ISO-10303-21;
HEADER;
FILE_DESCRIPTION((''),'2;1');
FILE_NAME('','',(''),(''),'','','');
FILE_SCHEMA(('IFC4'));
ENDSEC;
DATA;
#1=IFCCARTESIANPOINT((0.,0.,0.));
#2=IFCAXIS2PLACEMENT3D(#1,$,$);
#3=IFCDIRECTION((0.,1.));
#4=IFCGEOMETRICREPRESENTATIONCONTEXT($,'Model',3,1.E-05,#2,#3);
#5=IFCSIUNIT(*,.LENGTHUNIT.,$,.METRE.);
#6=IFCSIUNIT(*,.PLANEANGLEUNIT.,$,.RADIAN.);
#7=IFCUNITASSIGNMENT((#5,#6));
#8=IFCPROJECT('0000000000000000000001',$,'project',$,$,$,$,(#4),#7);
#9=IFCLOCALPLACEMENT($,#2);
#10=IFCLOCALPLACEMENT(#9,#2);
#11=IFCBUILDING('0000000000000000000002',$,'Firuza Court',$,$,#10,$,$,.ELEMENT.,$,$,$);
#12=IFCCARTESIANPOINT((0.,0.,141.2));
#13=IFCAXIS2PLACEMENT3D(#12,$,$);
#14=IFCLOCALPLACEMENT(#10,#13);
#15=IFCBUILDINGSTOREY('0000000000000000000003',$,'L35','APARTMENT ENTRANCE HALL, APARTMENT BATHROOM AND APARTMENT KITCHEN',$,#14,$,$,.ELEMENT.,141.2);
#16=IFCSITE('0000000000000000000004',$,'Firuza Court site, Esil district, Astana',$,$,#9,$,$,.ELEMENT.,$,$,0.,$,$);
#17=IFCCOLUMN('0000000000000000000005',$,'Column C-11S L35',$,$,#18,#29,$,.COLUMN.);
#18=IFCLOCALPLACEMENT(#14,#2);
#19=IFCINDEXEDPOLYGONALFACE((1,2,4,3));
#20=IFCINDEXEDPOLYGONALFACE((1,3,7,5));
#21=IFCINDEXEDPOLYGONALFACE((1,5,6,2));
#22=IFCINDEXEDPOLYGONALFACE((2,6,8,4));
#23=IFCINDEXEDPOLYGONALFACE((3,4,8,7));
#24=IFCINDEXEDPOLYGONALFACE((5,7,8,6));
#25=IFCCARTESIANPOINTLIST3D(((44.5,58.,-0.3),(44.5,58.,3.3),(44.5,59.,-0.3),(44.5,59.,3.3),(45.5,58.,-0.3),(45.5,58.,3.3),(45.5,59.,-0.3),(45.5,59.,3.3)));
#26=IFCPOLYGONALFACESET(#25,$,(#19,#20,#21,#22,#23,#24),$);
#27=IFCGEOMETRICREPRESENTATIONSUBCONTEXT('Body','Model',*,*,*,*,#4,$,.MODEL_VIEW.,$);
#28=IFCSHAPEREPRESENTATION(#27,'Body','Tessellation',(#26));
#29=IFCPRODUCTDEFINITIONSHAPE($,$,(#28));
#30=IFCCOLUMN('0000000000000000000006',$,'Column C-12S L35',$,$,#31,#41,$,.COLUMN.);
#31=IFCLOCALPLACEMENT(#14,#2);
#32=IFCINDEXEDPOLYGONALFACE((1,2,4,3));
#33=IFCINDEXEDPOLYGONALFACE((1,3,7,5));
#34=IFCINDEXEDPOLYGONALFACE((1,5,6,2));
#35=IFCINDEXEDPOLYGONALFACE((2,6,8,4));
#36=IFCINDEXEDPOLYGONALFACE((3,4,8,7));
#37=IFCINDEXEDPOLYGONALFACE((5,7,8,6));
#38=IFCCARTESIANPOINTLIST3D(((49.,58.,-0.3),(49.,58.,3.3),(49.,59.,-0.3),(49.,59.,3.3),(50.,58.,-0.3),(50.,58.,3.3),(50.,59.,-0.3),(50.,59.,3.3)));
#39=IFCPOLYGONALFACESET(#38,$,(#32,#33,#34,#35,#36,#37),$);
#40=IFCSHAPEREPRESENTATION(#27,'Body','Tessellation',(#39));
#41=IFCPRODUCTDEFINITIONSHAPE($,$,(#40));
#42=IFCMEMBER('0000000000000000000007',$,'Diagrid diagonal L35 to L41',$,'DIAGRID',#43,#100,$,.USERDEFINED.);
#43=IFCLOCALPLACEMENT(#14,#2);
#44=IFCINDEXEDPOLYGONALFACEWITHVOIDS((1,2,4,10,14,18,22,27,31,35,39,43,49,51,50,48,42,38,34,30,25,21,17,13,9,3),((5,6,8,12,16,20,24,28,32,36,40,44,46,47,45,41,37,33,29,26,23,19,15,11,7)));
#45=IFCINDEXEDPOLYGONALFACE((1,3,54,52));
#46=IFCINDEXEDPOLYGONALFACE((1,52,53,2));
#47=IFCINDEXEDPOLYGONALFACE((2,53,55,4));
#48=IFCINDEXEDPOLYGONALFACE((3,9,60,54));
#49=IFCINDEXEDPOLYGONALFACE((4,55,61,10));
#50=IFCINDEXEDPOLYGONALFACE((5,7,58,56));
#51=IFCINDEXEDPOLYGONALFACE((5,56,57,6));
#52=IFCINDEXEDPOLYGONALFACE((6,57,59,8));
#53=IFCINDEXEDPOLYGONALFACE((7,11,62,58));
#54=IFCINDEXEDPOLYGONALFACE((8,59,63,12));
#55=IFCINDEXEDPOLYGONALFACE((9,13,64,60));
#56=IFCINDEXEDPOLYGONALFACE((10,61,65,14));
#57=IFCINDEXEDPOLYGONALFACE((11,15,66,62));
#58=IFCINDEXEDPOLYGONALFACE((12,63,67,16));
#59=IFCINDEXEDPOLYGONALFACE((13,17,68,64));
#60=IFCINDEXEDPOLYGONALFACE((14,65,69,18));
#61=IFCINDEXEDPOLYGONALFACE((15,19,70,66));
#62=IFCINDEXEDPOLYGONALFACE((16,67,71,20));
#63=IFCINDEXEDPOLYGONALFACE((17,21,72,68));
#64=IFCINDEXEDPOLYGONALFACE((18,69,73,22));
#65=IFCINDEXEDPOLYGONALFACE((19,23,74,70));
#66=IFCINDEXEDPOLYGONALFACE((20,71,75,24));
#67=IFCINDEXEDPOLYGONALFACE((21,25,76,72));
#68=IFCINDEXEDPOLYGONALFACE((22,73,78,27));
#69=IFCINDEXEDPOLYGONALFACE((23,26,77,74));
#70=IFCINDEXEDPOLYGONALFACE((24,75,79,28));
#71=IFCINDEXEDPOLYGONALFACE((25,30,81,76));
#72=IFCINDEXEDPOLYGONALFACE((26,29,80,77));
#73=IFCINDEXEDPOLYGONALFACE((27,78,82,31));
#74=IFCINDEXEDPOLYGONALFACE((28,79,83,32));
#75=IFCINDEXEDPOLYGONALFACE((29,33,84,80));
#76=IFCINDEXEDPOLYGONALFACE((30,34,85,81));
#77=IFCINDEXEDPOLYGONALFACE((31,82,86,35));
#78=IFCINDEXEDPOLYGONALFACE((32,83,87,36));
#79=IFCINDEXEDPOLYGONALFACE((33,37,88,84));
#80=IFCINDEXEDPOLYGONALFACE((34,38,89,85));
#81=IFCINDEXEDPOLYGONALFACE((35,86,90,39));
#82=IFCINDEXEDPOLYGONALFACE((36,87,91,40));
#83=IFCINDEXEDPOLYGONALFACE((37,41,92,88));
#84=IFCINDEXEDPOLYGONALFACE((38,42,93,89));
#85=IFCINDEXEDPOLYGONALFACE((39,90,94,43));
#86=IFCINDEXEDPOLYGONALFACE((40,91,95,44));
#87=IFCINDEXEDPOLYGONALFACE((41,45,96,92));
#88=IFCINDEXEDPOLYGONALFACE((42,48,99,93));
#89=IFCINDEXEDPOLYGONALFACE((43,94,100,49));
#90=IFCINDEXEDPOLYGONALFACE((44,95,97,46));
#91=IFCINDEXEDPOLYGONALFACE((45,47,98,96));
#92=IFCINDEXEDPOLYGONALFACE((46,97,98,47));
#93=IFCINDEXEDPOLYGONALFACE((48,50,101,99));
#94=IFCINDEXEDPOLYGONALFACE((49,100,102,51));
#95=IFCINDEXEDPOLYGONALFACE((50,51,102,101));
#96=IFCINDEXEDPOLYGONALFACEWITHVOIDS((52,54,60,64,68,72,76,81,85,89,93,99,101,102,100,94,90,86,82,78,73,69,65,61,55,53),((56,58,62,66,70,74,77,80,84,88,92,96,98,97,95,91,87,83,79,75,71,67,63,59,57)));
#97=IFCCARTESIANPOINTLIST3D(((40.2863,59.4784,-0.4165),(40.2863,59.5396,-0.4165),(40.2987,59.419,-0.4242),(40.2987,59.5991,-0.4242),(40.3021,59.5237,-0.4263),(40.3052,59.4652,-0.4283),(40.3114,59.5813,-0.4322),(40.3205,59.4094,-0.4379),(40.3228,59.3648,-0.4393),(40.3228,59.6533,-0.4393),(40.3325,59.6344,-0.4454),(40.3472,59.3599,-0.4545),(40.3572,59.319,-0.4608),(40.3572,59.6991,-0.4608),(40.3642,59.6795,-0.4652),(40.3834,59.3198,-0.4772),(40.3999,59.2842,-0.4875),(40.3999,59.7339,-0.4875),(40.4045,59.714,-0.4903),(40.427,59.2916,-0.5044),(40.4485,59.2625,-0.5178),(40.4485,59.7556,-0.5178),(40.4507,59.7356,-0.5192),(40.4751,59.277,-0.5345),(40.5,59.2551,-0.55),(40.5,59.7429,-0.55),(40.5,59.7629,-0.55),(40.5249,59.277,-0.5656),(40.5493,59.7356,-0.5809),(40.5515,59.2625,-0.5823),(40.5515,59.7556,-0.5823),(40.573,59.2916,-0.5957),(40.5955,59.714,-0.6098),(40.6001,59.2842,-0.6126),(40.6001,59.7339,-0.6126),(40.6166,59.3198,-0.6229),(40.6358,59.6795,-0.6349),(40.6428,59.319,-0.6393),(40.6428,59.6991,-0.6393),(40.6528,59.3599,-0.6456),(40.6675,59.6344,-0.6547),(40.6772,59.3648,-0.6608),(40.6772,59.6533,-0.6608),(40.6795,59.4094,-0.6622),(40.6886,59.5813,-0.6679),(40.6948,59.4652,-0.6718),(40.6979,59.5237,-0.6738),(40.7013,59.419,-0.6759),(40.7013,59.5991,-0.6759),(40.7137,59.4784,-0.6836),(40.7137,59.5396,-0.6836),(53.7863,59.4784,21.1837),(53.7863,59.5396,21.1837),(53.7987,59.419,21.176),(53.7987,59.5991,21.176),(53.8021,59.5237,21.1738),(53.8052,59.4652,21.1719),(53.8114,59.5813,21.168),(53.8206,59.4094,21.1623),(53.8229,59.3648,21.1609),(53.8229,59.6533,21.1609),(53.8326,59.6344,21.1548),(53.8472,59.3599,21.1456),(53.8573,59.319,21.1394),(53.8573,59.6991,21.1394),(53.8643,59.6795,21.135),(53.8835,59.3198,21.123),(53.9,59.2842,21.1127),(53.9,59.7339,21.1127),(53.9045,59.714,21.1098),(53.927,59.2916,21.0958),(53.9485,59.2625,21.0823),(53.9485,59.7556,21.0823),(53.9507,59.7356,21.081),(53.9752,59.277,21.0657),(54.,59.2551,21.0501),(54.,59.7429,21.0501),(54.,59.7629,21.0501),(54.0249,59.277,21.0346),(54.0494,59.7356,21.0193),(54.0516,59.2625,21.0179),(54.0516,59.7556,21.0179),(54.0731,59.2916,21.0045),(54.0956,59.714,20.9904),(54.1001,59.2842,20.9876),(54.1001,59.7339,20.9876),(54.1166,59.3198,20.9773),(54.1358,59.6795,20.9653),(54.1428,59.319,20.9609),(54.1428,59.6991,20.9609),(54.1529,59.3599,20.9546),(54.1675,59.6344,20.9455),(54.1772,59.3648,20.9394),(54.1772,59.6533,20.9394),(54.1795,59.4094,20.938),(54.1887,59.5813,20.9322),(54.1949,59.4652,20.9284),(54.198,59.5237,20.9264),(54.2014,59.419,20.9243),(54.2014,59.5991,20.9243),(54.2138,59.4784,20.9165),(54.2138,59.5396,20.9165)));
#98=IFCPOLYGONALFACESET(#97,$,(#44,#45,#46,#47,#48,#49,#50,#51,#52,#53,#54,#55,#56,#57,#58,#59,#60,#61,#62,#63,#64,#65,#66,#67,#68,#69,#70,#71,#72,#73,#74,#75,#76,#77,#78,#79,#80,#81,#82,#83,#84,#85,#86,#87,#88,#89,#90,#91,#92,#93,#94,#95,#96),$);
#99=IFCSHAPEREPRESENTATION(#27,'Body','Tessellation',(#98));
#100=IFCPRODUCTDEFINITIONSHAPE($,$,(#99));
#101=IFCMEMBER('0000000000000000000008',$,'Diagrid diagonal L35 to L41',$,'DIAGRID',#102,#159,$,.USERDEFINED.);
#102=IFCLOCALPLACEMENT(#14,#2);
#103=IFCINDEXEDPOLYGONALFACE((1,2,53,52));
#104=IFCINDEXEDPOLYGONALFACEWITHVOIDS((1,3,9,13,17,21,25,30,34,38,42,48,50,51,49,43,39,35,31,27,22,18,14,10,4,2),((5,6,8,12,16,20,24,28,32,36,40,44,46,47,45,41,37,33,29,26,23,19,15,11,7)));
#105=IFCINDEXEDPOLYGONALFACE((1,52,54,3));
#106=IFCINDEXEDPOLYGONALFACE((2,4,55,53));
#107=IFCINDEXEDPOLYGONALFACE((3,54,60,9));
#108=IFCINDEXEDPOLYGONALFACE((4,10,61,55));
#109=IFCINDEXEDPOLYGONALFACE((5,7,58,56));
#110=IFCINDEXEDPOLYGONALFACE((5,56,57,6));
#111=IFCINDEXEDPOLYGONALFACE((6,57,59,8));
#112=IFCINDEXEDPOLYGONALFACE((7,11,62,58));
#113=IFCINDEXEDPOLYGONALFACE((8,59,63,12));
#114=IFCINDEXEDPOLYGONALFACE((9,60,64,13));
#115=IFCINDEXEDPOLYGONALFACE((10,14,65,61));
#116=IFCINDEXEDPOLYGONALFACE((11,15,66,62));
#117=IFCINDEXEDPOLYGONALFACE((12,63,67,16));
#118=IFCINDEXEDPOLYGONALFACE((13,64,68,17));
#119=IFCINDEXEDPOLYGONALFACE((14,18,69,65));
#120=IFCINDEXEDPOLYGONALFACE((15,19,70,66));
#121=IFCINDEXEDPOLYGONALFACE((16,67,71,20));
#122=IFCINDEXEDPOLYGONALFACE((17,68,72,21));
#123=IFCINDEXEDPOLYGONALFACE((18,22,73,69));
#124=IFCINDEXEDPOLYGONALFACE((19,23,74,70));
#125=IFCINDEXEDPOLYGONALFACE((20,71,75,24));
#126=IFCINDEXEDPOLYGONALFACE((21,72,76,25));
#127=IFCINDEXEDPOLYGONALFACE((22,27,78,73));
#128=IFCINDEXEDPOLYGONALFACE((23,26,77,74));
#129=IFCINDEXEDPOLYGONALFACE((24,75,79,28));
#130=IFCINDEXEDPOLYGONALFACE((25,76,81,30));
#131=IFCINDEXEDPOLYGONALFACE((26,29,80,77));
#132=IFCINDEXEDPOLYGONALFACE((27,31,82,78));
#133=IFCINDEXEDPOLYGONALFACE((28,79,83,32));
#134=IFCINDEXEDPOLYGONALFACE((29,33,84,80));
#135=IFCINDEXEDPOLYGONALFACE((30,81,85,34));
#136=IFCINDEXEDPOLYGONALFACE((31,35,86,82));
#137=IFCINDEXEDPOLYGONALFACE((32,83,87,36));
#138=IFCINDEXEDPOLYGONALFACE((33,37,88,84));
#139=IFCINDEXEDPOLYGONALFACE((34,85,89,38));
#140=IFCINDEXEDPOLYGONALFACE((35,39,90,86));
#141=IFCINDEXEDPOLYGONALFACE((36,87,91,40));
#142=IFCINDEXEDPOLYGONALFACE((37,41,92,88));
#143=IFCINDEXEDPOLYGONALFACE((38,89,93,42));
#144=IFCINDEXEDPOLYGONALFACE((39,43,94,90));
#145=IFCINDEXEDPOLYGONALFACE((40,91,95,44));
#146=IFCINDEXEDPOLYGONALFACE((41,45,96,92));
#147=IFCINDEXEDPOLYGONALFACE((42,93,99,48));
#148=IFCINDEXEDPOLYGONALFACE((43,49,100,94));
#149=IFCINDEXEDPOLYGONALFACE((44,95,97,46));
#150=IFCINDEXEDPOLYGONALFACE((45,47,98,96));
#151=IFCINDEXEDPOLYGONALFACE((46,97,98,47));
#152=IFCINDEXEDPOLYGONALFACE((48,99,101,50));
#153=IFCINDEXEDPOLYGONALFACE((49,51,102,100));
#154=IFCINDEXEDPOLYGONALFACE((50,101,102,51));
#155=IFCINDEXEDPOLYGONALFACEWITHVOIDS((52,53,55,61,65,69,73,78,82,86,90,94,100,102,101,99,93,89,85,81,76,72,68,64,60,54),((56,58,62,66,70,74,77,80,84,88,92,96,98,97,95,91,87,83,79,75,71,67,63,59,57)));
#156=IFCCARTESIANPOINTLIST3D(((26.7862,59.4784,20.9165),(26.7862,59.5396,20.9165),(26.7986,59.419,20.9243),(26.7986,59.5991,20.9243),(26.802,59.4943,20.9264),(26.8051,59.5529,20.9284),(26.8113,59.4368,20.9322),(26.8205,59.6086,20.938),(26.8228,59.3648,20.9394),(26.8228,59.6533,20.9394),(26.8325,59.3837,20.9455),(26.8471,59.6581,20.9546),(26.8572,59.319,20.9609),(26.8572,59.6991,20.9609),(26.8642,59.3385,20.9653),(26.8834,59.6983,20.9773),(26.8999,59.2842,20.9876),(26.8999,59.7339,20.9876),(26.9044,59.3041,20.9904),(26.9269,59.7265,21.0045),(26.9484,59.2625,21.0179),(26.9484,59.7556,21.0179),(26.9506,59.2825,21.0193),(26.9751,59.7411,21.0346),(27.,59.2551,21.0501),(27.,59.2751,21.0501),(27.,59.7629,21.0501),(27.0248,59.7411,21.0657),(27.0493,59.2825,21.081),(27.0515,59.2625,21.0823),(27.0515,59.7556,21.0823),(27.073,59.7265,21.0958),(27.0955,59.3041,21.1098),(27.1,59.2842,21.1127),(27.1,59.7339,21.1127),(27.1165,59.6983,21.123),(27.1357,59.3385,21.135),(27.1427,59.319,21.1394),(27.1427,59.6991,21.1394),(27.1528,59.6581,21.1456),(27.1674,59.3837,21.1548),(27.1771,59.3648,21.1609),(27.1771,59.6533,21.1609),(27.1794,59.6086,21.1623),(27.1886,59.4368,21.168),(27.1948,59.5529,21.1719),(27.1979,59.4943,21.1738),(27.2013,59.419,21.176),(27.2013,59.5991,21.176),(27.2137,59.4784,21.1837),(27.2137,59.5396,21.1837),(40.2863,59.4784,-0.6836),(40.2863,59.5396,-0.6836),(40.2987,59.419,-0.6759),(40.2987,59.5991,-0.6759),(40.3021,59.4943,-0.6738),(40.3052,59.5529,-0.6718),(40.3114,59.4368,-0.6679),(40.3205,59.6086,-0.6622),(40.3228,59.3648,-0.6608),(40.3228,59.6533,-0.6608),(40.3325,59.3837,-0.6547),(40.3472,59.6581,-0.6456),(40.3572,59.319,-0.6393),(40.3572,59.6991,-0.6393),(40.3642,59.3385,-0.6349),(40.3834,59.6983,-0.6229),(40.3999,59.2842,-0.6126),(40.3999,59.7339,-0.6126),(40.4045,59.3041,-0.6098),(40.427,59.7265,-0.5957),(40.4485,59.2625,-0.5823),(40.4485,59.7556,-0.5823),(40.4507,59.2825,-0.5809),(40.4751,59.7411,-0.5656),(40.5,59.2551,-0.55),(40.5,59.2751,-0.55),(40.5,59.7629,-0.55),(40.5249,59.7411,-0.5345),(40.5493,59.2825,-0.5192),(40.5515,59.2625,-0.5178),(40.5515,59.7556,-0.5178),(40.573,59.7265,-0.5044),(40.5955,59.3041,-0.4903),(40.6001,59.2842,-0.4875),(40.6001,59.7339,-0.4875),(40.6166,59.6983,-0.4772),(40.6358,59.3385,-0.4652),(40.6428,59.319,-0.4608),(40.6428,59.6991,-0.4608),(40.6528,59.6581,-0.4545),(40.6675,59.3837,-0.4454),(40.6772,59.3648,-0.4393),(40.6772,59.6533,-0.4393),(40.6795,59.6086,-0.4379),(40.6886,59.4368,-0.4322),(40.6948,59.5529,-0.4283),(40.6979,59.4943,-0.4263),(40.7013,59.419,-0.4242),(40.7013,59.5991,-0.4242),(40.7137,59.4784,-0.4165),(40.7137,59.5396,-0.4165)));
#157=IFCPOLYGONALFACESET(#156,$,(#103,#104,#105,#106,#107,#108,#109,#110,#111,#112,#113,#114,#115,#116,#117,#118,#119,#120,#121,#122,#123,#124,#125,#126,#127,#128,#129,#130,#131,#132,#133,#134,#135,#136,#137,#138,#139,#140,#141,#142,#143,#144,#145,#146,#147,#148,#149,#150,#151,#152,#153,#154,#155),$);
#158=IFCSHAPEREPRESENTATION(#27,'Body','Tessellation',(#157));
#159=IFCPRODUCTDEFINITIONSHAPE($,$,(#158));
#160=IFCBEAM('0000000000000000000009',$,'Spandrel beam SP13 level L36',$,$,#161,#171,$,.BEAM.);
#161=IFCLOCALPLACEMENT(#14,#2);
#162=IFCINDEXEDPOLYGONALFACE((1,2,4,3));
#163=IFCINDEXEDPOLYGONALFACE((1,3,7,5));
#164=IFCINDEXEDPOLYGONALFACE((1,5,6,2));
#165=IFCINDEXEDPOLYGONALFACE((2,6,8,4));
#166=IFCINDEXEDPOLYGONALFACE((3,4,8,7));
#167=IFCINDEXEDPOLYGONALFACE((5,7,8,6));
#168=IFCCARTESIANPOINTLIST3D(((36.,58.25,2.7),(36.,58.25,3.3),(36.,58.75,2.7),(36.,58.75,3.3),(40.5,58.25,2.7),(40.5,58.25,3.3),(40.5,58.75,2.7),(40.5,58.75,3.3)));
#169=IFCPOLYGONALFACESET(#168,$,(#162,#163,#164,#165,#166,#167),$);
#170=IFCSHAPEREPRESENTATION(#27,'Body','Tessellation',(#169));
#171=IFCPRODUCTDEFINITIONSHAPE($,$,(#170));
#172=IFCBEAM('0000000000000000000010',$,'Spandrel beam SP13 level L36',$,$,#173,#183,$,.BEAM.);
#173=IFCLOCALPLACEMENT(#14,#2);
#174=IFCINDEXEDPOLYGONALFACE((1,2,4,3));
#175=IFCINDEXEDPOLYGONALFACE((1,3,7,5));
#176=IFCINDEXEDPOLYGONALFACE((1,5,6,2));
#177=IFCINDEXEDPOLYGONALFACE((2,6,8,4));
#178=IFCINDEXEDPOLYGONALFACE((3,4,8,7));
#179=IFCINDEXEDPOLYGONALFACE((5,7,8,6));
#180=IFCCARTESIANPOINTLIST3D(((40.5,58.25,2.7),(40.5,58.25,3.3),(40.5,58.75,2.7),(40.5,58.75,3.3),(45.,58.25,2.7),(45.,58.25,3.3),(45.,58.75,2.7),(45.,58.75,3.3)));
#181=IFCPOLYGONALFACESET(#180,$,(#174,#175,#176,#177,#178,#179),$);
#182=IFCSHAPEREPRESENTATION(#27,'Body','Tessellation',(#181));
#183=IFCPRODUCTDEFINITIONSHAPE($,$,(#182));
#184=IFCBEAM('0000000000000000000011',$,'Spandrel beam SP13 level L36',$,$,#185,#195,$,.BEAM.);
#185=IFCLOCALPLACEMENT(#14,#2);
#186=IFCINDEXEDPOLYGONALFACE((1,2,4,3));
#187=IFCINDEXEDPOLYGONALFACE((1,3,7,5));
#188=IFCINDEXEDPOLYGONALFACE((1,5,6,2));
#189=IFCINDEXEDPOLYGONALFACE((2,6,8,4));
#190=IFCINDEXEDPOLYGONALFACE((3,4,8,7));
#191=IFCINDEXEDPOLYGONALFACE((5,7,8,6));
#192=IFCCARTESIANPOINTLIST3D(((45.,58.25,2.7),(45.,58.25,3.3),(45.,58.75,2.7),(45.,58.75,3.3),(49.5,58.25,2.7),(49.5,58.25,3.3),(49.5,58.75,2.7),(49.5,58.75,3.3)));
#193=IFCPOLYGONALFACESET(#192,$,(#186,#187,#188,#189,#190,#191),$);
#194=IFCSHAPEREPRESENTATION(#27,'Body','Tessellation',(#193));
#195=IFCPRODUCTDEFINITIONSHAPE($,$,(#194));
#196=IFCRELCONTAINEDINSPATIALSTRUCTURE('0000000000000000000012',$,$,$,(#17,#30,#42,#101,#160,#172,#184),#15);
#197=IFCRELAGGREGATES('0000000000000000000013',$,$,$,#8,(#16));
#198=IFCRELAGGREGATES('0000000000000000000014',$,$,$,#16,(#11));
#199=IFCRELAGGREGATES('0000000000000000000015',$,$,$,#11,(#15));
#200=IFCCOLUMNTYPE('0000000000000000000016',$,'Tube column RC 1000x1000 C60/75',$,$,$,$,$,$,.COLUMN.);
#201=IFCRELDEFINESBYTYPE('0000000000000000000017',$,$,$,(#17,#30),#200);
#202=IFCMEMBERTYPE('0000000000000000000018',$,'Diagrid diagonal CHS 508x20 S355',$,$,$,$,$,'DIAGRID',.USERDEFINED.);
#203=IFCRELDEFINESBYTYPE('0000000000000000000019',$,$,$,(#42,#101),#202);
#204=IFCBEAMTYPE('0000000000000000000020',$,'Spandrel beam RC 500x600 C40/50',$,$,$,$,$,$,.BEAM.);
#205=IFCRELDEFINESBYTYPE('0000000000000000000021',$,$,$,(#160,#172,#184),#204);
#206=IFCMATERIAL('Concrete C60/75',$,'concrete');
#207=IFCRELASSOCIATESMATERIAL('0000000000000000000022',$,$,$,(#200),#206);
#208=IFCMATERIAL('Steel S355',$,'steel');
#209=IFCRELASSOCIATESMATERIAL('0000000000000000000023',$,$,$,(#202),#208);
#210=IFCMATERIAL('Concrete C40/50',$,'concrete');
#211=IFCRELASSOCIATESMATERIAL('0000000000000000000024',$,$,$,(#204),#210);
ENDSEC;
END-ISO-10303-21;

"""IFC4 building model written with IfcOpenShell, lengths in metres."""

from ifc_helpers import new_model, si_unit, direction, frame, origin, origin_2d, place, context, subcontext, project, spatial, rectangle, hollow_circle, extrude, material, material_profile, profile_set, type_object, element, save


model = new_model("IFC4")

# Units and contexts
model_context = context("Model", 3, precision=1e-05, world=origin(), true_north=direction((0.0, 1.0)))
body_context = subcontext(model_context, "Body", "Model", "MODEL_VIEW")
ifc_project = project(units=[si_unit("LENGTHUNIT", "METRE"), si_unit("PLANEANGLEUNIT", "RADIAN")], contexts=[model_context])

# Site, building, storey
site_placement = place(None, origin())
site = spatial("IfcSite", under=ifc_project, at=site_placement, Name="Firuza Court site, Esil district, Astana", CompositionType="ELEMENT", RefElevation=0.0)
building_placement = place(site_placement, origin())
building = spatial("IfcBuilding", under=site, at=building_placement, Name="Firuza Court", CompositionType="ELEMENT")
storey_placement = place(building_placement, frame((0.0, 0.0, 141.2)))
storey = spatial("IfcBuildingStorey", under=building, at=storey_placement, Name="L35", Description="APARTMENT ENTRANCE HALL, APARTMENT BATHROOM AND APARTMENT KITCHEN", CompositionType="ELEMENT", Elevation=141.2)

# Columns
ifc_material_1 = material(Name="Concrete C60/75", Category="concrete")
ifc_material_profile_1 = material_profile(ifc_material_1, rectangle(XDim=1.0, YDim=1.0, at=origin_2d()), Name="RC 1000x1000")
ifc_profile_set_1 = profile_set([ifc_material_profile_1], Name="Concrete C60/75")
column_type = type_object("IfcColumnType", Name="Tube column RC 1000x1000 C60/75", PredefinedType="COLUMN", material=ifc_profile_set_1)
for number, where, z_axis, x_axis, name in (
    (1, (45.0, 58.5, -0.3), (0.0, 0.0, 1.0), (1.0, 0.0, 0.0), "Column C-11S L35"),
    (2, (49.5, 58.5, -0.3), (0.0, 0.0, 1.0), (1.0, 0.0, 0.0), "Column C-12S L35"),
):
    element("IfcColumn", number, at=place(storey_placement, frame(where, z_axis=z_axis, x_axis=x_axis)), inside=storey, type_object=column_type, Name=name, PredefinedType="COLUMN", context=body_context, shape_type="SweptSolid", body=[
        extrude(rectangle(XDim=1.0, YDim=1.0, at=origin_2d()), origin(), (0.0, 0.0, 1.0), 3.6001),
    ])

# Members
ifc_material_2 = material(Name="Steel S355", Category="steel")
ifc_material_profile_2 = material_profile(ifc_material_2, hollow_circle(Radius=0.2539, WallThickness=0.02, at=origin_2d()), Name="CHS 508x20")
ifc_profile_set_2 = profile_set([ifc_material_profile_2], Name="Steel S355")
member_type = type_object("IfcMemberType", Name="Diagrid diagonal CHS 508x20 S355", ElementType="DIAGRID", PredefinedType="USERDEFINED", material=ifc_profile_set_2)
for number, where, z_axis, x_axis, name in (
    (3, (40.5, 59.509, -0.55), (0.529997, 0.0, 0.847999), (0.0, 1.0, 0.0), "Diagrid diagonal L35 to L41"),
    (4, (40.5, 59.509, -0.55), (-0.529997, 0.0, 0.847999), (0.0, -1.0, 0.0), "Diagrid diagonal L35 to L41"),
):
    element("IfcMember", number, at=place(storey_placement, frame(where, z_axis=z_axis, x_axis=x_axis)), inside=storey, type_object=member_type, Name=name, ObjectType="DIAGRID", PredefinedType="USERDEFINED", context=body_context, shape_type="SweptSolid", body=[
        extrude(hollow_circle(Radius=0.2539, WallThickness=0.02, at=origin_2d()), origin(), (0.0, 0.0, 1.0), 25.4719),
    ])

# Beams
ifc_material_3 = material(Name="Concrete C40/50", Category="concrete")
ifc_material_profile_3 = material_profile(ifc_material_3, rectangle(XDim=0.5, YDim=0.6001, at=origin_2d()), Name="RC 500x600")
ifc_profile_set_3 = profile_set([ifc_material_profile_3], Name="Concrete C40/50")
beam_type = type_object("IfcBeamType", Name="Spandrel beam RC 500x600 C40/50", PredefinedType="BEAM", material=ifc_profile_set_3)
for number, where, z_axis, x_axis, name in (
    (5, (40.5, 58.5, 3.0), (-1.0, 0.0, 0.0), (0.0, -1.0, 0.0), "Spandrel beam SP13 level L36"),
    (6, (45.0, 58.5, 3.0), (-1.0, 0.0, 0.0), (0.0, -1.0, 0.0), "Spandrel beam SP13 level L36"),
    (7, (49.5, 58.5, 3.0), (-1.0, 0.0, 0.0), (0.0, -1.0, 0.0), "Spandrel beam SP13 level L36"),
):
    element("IfcBeam", number, at=place(storey_placement, frame(where, z_axis=z_axis, x_axis=x_axis)), inside=storey, type_object=beam_type, Name=name, PredefinedType="BEAM", context=body_context, shape_type="SweptSolid", body=[
        extrude(rectangle(XDim=0.5, YDim=0.6001, at=origin_2d()), origin(), (0.0, 0.0, 1.0), 4.5),
    ])

save(model, "model.ifc")
